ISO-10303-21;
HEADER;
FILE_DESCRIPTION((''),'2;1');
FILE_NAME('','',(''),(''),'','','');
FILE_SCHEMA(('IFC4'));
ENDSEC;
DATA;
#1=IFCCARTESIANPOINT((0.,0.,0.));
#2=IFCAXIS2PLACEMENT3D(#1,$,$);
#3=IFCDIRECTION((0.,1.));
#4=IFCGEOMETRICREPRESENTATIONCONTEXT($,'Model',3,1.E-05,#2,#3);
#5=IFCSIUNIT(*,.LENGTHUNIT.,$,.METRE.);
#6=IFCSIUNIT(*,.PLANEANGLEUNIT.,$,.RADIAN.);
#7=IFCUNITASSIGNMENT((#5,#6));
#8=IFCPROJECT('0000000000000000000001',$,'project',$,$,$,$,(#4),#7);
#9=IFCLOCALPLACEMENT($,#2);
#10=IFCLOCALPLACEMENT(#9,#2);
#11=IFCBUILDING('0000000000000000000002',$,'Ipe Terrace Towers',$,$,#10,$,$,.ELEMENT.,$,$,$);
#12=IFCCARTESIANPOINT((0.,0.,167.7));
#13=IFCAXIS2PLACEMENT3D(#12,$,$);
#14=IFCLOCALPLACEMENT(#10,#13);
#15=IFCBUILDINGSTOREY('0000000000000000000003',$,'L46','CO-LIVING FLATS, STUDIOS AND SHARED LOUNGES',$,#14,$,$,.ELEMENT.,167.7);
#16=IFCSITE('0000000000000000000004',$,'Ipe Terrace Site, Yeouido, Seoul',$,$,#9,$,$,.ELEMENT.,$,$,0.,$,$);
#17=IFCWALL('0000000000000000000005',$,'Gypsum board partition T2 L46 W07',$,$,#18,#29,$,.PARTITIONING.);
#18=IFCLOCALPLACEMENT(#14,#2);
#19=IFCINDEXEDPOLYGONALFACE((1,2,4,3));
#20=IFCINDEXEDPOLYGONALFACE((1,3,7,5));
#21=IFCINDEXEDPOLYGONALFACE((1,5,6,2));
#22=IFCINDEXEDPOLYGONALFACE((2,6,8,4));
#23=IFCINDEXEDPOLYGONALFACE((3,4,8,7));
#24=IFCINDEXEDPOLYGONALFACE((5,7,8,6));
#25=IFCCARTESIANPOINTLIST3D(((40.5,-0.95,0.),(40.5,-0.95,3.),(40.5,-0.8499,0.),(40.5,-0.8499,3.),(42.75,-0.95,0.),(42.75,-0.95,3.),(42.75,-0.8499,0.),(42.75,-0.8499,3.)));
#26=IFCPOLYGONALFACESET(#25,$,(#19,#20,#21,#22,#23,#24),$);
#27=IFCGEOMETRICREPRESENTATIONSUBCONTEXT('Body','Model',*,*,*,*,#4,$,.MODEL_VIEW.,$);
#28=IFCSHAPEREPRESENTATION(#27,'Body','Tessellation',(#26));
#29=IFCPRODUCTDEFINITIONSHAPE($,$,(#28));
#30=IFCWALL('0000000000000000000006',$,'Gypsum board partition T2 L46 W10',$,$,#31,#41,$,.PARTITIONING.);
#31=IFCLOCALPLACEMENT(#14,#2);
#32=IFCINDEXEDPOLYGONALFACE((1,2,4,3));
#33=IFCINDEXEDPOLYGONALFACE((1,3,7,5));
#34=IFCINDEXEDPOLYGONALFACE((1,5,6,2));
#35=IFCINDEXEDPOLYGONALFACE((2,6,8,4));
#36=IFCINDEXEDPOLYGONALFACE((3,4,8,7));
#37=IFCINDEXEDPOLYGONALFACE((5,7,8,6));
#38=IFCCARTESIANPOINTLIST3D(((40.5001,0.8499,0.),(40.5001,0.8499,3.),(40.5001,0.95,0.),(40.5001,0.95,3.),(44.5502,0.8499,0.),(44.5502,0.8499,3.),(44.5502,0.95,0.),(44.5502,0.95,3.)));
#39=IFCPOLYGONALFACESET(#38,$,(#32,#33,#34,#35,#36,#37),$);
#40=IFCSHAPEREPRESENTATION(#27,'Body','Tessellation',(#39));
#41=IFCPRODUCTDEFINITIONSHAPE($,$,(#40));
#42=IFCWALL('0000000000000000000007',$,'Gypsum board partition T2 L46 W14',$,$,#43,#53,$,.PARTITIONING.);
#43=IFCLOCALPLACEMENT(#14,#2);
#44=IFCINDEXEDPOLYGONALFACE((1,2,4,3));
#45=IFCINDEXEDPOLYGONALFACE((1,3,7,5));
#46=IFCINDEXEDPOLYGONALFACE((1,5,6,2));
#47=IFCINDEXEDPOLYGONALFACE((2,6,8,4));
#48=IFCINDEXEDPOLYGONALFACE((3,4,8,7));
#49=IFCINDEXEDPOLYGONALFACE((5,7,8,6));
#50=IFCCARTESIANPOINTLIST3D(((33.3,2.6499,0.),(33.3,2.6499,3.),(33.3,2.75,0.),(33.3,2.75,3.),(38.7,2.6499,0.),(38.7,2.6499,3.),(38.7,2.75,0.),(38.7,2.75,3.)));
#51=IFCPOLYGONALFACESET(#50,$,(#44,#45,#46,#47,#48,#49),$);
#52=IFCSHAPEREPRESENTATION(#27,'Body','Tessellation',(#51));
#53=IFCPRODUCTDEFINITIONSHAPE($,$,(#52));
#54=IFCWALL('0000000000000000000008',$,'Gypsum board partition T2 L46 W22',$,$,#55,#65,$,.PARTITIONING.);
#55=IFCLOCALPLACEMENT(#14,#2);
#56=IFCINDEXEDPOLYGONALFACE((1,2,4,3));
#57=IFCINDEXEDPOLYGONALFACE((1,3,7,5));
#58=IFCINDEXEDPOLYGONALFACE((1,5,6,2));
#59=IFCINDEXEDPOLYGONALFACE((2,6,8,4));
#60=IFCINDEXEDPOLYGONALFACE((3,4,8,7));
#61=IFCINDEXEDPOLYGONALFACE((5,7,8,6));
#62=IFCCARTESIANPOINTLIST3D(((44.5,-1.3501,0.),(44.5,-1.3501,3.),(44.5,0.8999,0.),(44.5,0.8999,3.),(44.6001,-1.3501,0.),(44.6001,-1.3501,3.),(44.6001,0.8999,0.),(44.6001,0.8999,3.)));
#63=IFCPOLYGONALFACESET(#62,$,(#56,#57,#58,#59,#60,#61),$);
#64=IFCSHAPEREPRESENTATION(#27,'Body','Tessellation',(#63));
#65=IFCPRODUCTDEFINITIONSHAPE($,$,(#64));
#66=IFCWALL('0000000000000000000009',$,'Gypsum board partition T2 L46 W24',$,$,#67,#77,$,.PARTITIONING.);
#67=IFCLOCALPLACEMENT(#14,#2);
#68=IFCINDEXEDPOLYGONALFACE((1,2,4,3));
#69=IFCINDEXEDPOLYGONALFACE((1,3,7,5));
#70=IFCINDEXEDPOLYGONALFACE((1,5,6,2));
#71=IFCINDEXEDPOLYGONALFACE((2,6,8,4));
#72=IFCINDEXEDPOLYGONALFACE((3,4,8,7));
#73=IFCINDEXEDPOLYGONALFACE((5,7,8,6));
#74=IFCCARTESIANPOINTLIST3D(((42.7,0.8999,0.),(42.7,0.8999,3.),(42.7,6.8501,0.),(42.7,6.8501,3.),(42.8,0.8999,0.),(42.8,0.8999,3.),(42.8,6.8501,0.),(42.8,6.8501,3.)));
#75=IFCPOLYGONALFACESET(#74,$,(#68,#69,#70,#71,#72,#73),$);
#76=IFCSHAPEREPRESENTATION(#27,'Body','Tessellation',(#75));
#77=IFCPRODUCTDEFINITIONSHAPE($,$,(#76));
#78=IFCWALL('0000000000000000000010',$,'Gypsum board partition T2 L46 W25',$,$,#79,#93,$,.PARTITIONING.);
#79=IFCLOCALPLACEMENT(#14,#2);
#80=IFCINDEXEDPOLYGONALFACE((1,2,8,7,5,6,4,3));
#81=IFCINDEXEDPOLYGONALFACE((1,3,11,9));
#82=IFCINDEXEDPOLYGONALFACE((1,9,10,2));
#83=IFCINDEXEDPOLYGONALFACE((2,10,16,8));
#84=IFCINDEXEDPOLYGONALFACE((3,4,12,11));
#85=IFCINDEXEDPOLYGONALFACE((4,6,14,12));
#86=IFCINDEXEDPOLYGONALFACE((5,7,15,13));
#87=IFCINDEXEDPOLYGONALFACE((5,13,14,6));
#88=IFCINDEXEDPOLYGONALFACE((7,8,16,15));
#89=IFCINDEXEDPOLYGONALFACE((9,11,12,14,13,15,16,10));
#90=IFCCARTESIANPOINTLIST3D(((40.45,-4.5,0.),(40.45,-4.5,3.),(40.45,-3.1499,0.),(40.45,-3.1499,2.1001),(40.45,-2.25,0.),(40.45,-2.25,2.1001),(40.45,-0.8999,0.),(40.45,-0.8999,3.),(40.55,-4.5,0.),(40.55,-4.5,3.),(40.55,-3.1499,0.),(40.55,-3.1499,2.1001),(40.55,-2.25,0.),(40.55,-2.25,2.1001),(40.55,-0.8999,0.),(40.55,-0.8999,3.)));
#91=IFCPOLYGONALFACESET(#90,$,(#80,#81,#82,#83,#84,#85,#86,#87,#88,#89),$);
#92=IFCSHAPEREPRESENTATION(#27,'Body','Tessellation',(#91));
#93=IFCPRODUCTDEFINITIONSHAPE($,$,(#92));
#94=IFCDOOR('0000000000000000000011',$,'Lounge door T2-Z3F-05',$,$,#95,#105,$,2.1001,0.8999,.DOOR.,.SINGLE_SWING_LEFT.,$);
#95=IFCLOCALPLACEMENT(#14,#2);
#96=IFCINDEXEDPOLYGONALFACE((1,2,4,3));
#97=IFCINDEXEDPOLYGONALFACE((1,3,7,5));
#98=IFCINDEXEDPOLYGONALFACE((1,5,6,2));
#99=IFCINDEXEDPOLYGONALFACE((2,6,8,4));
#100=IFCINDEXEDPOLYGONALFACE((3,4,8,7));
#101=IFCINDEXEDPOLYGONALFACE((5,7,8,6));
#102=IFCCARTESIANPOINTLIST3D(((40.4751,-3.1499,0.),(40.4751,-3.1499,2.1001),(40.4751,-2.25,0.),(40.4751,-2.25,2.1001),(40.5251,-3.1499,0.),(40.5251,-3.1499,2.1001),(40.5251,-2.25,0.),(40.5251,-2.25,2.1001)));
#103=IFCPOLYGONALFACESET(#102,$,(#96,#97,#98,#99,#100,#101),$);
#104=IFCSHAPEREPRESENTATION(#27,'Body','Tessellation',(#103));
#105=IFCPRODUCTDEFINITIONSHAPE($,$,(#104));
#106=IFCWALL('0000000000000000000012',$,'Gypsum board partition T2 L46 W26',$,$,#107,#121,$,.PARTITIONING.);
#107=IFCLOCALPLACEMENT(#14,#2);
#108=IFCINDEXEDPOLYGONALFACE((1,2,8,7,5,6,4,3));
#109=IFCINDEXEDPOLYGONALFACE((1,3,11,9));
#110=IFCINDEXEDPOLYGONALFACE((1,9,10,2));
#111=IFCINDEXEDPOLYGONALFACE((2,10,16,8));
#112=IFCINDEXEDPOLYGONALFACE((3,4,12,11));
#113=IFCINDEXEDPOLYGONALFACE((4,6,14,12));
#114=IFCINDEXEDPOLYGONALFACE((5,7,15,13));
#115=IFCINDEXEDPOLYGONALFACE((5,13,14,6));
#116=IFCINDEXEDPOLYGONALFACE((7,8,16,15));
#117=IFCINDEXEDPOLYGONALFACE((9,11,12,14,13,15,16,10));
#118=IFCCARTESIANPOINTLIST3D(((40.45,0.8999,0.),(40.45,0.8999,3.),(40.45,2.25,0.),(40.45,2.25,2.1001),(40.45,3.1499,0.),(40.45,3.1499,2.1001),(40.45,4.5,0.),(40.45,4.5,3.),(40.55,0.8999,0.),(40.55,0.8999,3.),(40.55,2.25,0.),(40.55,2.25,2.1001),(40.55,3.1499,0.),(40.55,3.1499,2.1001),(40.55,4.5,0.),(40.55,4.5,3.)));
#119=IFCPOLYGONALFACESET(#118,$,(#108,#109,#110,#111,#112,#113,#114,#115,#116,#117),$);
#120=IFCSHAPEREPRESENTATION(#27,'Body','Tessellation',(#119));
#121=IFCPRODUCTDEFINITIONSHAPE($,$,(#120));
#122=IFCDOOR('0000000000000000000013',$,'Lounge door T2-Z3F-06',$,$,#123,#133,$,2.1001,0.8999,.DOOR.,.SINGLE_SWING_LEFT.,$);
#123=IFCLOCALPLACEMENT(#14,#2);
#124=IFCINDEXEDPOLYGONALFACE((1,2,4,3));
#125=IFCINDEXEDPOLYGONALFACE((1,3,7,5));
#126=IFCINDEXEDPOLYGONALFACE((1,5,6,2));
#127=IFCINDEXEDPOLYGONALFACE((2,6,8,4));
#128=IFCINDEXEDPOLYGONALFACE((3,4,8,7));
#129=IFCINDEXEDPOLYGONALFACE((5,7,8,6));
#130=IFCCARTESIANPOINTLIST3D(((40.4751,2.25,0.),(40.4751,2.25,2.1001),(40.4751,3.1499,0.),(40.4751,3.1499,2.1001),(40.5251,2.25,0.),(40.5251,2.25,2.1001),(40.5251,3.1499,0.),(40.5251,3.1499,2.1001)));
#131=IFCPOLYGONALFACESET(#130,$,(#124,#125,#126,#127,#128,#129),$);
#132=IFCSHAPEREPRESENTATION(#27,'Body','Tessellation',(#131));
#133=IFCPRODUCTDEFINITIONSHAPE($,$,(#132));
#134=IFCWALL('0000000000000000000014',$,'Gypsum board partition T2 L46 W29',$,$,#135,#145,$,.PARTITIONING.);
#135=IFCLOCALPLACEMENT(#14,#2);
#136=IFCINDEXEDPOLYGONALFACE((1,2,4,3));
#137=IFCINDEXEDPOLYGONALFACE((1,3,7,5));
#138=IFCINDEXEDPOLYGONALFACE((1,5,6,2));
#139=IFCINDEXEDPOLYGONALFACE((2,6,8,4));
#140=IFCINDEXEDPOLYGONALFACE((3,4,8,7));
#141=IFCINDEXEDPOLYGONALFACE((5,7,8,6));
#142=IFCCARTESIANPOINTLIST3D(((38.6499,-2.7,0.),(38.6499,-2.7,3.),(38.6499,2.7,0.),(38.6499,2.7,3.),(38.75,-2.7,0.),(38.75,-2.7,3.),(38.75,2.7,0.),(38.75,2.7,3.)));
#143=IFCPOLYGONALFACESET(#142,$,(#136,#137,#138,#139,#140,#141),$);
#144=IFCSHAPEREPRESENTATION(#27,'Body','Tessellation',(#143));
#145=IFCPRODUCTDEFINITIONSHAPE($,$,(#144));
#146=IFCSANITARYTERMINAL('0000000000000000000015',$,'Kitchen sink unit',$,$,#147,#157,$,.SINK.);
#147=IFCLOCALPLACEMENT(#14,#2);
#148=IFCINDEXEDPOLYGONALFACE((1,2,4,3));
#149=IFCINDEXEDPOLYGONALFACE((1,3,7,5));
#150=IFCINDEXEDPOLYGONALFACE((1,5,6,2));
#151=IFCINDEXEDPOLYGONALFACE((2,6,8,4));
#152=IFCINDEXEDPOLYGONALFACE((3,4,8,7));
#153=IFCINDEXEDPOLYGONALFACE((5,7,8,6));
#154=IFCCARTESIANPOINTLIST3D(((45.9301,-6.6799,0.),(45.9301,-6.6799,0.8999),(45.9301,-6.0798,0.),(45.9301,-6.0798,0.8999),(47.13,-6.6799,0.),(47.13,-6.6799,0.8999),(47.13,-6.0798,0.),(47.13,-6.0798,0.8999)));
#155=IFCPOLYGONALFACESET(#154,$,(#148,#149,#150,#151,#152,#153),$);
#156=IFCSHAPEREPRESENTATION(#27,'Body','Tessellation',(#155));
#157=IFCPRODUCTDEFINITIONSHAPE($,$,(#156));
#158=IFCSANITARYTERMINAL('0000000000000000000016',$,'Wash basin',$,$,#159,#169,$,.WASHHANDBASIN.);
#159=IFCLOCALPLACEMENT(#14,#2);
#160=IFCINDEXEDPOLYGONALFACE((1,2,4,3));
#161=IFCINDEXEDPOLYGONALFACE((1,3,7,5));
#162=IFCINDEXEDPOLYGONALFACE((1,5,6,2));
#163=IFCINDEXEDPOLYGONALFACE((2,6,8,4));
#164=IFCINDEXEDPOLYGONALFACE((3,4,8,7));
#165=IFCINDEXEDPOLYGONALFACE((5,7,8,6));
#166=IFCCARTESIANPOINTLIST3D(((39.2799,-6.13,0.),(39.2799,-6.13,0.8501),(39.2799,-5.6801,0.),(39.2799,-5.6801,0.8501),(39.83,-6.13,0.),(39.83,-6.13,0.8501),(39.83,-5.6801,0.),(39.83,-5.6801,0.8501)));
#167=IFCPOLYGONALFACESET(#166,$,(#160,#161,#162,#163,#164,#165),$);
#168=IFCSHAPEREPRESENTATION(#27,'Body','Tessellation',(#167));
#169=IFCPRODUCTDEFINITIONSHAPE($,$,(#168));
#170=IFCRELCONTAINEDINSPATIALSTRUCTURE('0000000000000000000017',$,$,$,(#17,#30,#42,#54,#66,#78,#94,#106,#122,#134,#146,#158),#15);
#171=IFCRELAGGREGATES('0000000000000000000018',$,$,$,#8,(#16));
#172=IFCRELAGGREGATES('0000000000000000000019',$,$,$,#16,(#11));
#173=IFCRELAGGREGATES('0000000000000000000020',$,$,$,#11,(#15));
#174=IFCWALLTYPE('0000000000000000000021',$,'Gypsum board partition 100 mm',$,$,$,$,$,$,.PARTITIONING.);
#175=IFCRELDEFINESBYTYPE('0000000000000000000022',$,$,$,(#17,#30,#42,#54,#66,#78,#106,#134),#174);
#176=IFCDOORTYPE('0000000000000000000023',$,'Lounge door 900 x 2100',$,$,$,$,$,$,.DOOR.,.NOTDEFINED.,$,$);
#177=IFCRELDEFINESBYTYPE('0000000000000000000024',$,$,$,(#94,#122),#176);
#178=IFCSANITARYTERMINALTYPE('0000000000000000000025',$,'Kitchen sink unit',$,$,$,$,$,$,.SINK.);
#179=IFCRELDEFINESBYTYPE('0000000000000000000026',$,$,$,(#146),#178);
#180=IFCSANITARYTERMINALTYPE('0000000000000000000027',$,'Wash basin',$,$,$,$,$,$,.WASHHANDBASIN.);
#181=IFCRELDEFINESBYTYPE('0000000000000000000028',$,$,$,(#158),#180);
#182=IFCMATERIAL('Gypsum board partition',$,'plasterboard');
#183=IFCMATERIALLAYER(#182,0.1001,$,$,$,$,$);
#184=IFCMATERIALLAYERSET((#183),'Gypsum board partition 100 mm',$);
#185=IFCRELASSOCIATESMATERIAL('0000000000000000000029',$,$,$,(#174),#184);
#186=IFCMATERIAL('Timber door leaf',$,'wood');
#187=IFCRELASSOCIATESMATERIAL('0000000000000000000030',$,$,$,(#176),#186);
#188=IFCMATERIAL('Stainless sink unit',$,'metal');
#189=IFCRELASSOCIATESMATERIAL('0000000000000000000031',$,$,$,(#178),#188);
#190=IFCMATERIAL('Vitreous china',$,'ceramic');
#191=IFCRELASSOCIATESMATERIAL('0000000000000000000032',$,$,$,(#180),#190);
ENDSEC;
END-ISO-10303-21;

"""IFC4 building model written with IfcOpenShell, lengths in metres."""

from ifc_helpers import new_model, si_unit, direction, frame, frame_2d, origin, origin_2d, place, context, subcontext, project, spatial, rectangle, extrude, material, layer, layer_set, type_object, element, fill, save


model = new_model("IFC4")

# Units and contexts
model_context = context("Model", 3, precision=1e-05, world=origin(), true_north=direction((0.0, 1.0)))
body_context = subcontext(model_context, "Body", "Model", "MODEL_VIEW")
ifc_project = project(units=[si_unit("LENGTHUNIT", "METRE"), si_unit("PLANEANGLEUNIT", "RADIAN")], contexts=[model_context])

# Site, building, storey
site_placement = place(None, origin())
site = spatial("IfcSite", under=ifc_project, at=site_placement, Name="Ipe Terrace Site, Yeouido, Seoul", CompositionType="ELEMENT", RefElevation=0.0)
building_placement = place(site_placement, origin())
building = spatial("IfcBuilding", under=site, at=building_placement, Name="Ipe Terrace Towers", CompositionType="ELEMENT")
storey_placement = place(building_placement, frame((0.0, 0.0, 167.7)))
storey = spatial("IfcBuildingStorey", under=building, at=storey_placement, Name="L46", Description="CO-LIVING FLATS, STUDIOS AND SHARED LOUNGES", CompositionType="ELEMENT", Elevation=167.7)

# Shared definitions
ifc_material_1 = material(Name="Gypsum board partition", Category="plasterboard")
ifc_layer_1 = layer(ifc_material_1, 0.1001)
ifc_layer_set_1 = layer_set([ifc_layer_1], Name="Gypsum board partition 100 mm")
wall_type_1 = type_object("IfcWallType", Name="Gypsum board partition 100 mm", PredefinedType="PARTITIONING", material=ifc_layer_set_1)

# Shared definitions
ifc_material_2 = material(Name="Timber door leaf", Category="wood")
door_type = type_object("IfcDoorType", Name="Lounge door 900 x 2100", OperationType="NOTDEFINED", PredefinedType="DOOR", material=ifc_material_2)

# Walls
wall_1_placement = place(storey_placement, frame((42.75, -0.8999, 0.0), z_axis=(0.0, 0.0, 1.0), x_axis=(-1.0, 0.0, 0.0)))
element("IfcWall", 1, at=wall_1_placement, inside=storey, type_object=wall_type_1, Name="Gypsum board partition T2 L46 W07", PredefinedType="PARTITIONING", context=body_context, shape_type="SweptSolid", body=[
    extrude(rectangle(XDim=2.25, YDim=0.1001, at=frame_2d((1.125, 0.0))), origin(), (0.0, 0.0, 1.0), 3.0),
])
wall_2_placement = place(storey_placement, frame((44.55, 0.8999, 0.0), z_axis=(0.0, 0.0, 1.0), x_axis=(-1.0, 0.0, 0.0)))
element("IfcWall", 2, at=wall_2_placement, inside=storey, type_object=wall_type_1, Name="Gypsum board partition T2 L46 W10", PredefinedType="PARTITIONING", context=body_context, shape_type="SweptSolid", body=[
    extrude(rectangle(XDim=4.05, YDim=0.1001, at=frame_2d((2.0249, 0.0))), origin(), (0.0, 0.0, 1.0), 3.0),
])
wall_3_placement = place(storey_placement, frame((38.7, 2.7, 0.0), z_axis=(0.0, 0.0, 1.0), x_axis=(-1.0, 0.0, 0.0)))
element("IfcWall", 3, at=wall_3_placement, inside=storey, type_object=wall_type_1, Name="Gypsum board partition T2 L46 W14", PredefinedType="PARTITIONING", context=body_context, shape_type="SweptSolid", body=[
    extrude(rectangle(XDim=5.3999, YDim=0.1001, at=frame_2d((2.7, 0.0))), origin(), (0.0, 0.0, 1.0), 3.0),
])
wall_4_placement = place(storey_placement, frame((44.55, -1.3501, 0.0), z_axis=(0.0, 0.0, 1.0), x_axis=(0.0, 1.0, 0.0)))
element("IfcWall", 4, at=wall_4_placement, inside=storey, type_object=wall_type_1, Name="Gypsum board partition T2 L46 W22", PredefinedType="PARTITIONING", context=body_context, shape_type="SweptSolid", body=[
    extrude(rectangle(XDim=2.25, YDim=0.1001, at=frame_2d((1.125, 0.0))), origin(), (0.0, 0.0, 1.0), 3.0),
])
wall_5_placement = place(storey_placement, frame((42.75, 0.8999, 0.0), z_axis=(0.0, 0.0, 1.0), x_axis=(0.0, 1.0, 0.0)))
element("IfcWall", 5, at=wall_5_placement, inside=storey, type_object=wall_type_1, Name="Gypsum board partition T2 L46 W24", PredefinedType="PARTITIONING", context=body_context, shape_type="SweptSolid", body=[
    extrude(rectangle(XDim=5.9502, YDim=0.1001, at=frame_2d((2.9751, 0.0))), origin(), (0.0, 0.0, 1.0), 3.0),
])

# Walls, openings, doors
wall_6_placement = place(storey_placement, frame((40.5, -4.5, 0.0), z_axis=(0.0, 0.0, 1.0), x_axis=(0.0, 1.0, 0.0)))
wall_6 = element("IfcWall", 6, at=wall_6_placement, inside=storey, type_object=wall_type_1, Name="Gypsum board partition T2 L46 W25", PredefinedType="PARTITIONING", context=body_context, shape_type="SweptSolid", body=[
    extrude(rectangle(XDim=3.6001, YDim=0.1001, at=frame_2d((1.8, 0.0))), origin(), (0.0, 0.0, 1.0), 3.0),
])
opening_1_placement = place(wall_6_placement, frame((1.3501, 0.0, 0.0)))
opening_1 = element("IfcOpeningElement", 7, at=opening_1_placement, cuts=wall_6, PredefinedType="OPENING", context=body_context, shape_type="SweptSolid", body=[
    extrude(rectangle(XDim=0.8999, YDim=2.1001, at=frame_2d((0.45, 1.05))), frame((0.0, 0.0601, 0.0), z_axis=(0.0, -1.0, 0.0), x_axis=(1.0, 0.0, 0.0)), (0.0, 0.0, 1.0), 0.1201),
])
door_1_placement = place(opening_1_placement, origin())
door_1 = element("IfcDoor", 8, at=door_1_placement, inside=storey, type_object=door_type, Name="Lounge door T2-Z3F-05", OperationType="SINGLE_SWING_LEFT", OverallHeight=2.1001, OverallWidth=0.8999, PredefinedType="DOOR", context=body_context, shape_type="SweptSolid", body=[
    extrude(rectangle(XDim=0.8999, YDim=2.1001, at=frame_2d((0.45, 1.05))), frame((0.0, 0.0249, 0.0), z_axis=(0.0, -1.0, 0.0), x_axis=(1.0, 0.0, 0.0)), (0.0, 0.0, 1.0), 0.05),
])
fill(opening_1, door_1)
wall_7_placement = place(storey_placement, frame((40.5, 0.8999, 0.0), z_axis=(0.0, 0.0, 1.0), x_axis=(0.0, 1.0, 0.0)))
wall_7 = element("IfcWall", 9, at=wall_7_placement, inside=storey, type_object=wall_type_1, Name="Gypsum board partition T2 L46 W26", PredefinedType="PARTITIONING", context=body_context, shape_type="SweptSolid", body=[
    extrude(rectangle(XDim=3.6001, YDim=0.1001, at=frame_2d((1.8, 0.0))), origin(), (0.0, 0.0, 1.0), 3.0),
])
opening_2_placement = place(wall_7_placement, frame((1.3501, 0.0, 0.0)))
opening_2 = element("IfcOpeningElement", 10, at=opening_2_placement, cuts=wall_7, PredefinedType="OPENING", context=body_context, shape_type="SweptSolid", body=[
    extrude(rectangle(XDim=0.8999, YDim=2.1001, at=frame_2d((0.45, 1.05))), frame((0.0, 0.0601, 0.0), z_axis=(0.0, -1.0, 0.0), x_axis=(1.0, 0.0, 0.0)), (0.0, 0.0, 1.0), 0.1201),
])
door_2_placement = place(opening_2_placement, origin())
door_2 = element("IfcDoor", 11, at=door_2_placement, inside=storey, type_object=door_type, Name="Lounge door T2-Z3F-06", OperationType="SINGLE_SWING_LEFT", OverallHeight=2.1001, OverallWidth=0.8999, PredefinedType="DOOR", context=body_context, shape_type="SweptSolid", body=[
    extrude(rectangle(XDim=0.8999, YDim=2.1001, at=frame_2d((0.45, 1.05))), frame((0.0, 0.0249, 0.0), z_axis=(0.0, -1.0, 0.0), x_axis=(1.0, 0.0, 0.0)), (0.0, 0.0, 1.0), 0.05),
])
fill(opening_2, door_2)

# Wall
wall_8_placement = place(storey_placement, frame((38.7, -2.7, 0.0), z_axis=(0.0, 0.0, 1.0), x_axis=(0.0, 1.0, 0.0)))
element("IfcWall", 12, at=wall_8_placement, inside=storey, type_object=wall_type_1, Name="Gypsum board partition T2 L46 W29", PredefinedType="PARTITIONING", context=body_context, shape_type="SweptSolid", body=[
    extrude(rectangle(XDim=5.3999, YDim=0.1001, at=frame_2d((2.7, 0.0))), origin(), (0.0, 0.0, 1.0), 3.0),
])

# Sanitary terminals
ifc_material_3 = material(Name="Stainless sink unit", Category="metal")
sanitary_terminal_type_1 = type_object("IfcSanitaryTerminalType", Name="Kitchen sink unit", PredefinedType="SINK", material=ifc_material_3)
sanitary_terminal_1_placement = place(storey_placement, frame((46.53, -6.3799, 0.0), z_axis=(0.0, 0.0, 1.0), x_axis=(-1.0, 0.0, 0.0)))
element("IfcSanitaryTerminal", 13, at=sanitary_terminal_1_placement, inside=storey, type_object=sanitary_terminal_type_1, Name="Kitchen sink unit", PredefinedType="SINK", context=body_context, shape_type="SweptSolid", body=[
    extrude(rectangle(XDim=1.2, YDim=0.6001, at=origin_2d()), origin(), (0.0, 0.0, 1.0), 0.8999),
])
ifc_material_4 = material(Name="Vitreous china", Category="ceramic")
sanitary_terminal_type_2 = type_object("IfcSanitaryTerminalType", Name="Wash basin", PredefinedType="WASHHANDBASIN", material=ifc_material_4)
sanitary_terminal_2_placement = place(storey_placement, frame((39.5549, -5.905, 0.0), z_axis=(0.0, 0.0, 1.0), x_axis=(-1.0, 0.0, 0.0)))
element("IfcSanitaryTerminal", 14, at=sanitary_terminal_2_placement, inside=storey, type_object=sanitary_terminal_type_2, Name="Wash basin", PredefinedType="WASHHANDBASIN", context=body_context, shape_type="SweptSolid", body=[
    extrude(rectangle(XDim=0.55, YDim=0.45, at=origin_2d()), origin(), (0.0, 0.0, 1.0), 0.8501),
])

save(model, "model.ifc")
